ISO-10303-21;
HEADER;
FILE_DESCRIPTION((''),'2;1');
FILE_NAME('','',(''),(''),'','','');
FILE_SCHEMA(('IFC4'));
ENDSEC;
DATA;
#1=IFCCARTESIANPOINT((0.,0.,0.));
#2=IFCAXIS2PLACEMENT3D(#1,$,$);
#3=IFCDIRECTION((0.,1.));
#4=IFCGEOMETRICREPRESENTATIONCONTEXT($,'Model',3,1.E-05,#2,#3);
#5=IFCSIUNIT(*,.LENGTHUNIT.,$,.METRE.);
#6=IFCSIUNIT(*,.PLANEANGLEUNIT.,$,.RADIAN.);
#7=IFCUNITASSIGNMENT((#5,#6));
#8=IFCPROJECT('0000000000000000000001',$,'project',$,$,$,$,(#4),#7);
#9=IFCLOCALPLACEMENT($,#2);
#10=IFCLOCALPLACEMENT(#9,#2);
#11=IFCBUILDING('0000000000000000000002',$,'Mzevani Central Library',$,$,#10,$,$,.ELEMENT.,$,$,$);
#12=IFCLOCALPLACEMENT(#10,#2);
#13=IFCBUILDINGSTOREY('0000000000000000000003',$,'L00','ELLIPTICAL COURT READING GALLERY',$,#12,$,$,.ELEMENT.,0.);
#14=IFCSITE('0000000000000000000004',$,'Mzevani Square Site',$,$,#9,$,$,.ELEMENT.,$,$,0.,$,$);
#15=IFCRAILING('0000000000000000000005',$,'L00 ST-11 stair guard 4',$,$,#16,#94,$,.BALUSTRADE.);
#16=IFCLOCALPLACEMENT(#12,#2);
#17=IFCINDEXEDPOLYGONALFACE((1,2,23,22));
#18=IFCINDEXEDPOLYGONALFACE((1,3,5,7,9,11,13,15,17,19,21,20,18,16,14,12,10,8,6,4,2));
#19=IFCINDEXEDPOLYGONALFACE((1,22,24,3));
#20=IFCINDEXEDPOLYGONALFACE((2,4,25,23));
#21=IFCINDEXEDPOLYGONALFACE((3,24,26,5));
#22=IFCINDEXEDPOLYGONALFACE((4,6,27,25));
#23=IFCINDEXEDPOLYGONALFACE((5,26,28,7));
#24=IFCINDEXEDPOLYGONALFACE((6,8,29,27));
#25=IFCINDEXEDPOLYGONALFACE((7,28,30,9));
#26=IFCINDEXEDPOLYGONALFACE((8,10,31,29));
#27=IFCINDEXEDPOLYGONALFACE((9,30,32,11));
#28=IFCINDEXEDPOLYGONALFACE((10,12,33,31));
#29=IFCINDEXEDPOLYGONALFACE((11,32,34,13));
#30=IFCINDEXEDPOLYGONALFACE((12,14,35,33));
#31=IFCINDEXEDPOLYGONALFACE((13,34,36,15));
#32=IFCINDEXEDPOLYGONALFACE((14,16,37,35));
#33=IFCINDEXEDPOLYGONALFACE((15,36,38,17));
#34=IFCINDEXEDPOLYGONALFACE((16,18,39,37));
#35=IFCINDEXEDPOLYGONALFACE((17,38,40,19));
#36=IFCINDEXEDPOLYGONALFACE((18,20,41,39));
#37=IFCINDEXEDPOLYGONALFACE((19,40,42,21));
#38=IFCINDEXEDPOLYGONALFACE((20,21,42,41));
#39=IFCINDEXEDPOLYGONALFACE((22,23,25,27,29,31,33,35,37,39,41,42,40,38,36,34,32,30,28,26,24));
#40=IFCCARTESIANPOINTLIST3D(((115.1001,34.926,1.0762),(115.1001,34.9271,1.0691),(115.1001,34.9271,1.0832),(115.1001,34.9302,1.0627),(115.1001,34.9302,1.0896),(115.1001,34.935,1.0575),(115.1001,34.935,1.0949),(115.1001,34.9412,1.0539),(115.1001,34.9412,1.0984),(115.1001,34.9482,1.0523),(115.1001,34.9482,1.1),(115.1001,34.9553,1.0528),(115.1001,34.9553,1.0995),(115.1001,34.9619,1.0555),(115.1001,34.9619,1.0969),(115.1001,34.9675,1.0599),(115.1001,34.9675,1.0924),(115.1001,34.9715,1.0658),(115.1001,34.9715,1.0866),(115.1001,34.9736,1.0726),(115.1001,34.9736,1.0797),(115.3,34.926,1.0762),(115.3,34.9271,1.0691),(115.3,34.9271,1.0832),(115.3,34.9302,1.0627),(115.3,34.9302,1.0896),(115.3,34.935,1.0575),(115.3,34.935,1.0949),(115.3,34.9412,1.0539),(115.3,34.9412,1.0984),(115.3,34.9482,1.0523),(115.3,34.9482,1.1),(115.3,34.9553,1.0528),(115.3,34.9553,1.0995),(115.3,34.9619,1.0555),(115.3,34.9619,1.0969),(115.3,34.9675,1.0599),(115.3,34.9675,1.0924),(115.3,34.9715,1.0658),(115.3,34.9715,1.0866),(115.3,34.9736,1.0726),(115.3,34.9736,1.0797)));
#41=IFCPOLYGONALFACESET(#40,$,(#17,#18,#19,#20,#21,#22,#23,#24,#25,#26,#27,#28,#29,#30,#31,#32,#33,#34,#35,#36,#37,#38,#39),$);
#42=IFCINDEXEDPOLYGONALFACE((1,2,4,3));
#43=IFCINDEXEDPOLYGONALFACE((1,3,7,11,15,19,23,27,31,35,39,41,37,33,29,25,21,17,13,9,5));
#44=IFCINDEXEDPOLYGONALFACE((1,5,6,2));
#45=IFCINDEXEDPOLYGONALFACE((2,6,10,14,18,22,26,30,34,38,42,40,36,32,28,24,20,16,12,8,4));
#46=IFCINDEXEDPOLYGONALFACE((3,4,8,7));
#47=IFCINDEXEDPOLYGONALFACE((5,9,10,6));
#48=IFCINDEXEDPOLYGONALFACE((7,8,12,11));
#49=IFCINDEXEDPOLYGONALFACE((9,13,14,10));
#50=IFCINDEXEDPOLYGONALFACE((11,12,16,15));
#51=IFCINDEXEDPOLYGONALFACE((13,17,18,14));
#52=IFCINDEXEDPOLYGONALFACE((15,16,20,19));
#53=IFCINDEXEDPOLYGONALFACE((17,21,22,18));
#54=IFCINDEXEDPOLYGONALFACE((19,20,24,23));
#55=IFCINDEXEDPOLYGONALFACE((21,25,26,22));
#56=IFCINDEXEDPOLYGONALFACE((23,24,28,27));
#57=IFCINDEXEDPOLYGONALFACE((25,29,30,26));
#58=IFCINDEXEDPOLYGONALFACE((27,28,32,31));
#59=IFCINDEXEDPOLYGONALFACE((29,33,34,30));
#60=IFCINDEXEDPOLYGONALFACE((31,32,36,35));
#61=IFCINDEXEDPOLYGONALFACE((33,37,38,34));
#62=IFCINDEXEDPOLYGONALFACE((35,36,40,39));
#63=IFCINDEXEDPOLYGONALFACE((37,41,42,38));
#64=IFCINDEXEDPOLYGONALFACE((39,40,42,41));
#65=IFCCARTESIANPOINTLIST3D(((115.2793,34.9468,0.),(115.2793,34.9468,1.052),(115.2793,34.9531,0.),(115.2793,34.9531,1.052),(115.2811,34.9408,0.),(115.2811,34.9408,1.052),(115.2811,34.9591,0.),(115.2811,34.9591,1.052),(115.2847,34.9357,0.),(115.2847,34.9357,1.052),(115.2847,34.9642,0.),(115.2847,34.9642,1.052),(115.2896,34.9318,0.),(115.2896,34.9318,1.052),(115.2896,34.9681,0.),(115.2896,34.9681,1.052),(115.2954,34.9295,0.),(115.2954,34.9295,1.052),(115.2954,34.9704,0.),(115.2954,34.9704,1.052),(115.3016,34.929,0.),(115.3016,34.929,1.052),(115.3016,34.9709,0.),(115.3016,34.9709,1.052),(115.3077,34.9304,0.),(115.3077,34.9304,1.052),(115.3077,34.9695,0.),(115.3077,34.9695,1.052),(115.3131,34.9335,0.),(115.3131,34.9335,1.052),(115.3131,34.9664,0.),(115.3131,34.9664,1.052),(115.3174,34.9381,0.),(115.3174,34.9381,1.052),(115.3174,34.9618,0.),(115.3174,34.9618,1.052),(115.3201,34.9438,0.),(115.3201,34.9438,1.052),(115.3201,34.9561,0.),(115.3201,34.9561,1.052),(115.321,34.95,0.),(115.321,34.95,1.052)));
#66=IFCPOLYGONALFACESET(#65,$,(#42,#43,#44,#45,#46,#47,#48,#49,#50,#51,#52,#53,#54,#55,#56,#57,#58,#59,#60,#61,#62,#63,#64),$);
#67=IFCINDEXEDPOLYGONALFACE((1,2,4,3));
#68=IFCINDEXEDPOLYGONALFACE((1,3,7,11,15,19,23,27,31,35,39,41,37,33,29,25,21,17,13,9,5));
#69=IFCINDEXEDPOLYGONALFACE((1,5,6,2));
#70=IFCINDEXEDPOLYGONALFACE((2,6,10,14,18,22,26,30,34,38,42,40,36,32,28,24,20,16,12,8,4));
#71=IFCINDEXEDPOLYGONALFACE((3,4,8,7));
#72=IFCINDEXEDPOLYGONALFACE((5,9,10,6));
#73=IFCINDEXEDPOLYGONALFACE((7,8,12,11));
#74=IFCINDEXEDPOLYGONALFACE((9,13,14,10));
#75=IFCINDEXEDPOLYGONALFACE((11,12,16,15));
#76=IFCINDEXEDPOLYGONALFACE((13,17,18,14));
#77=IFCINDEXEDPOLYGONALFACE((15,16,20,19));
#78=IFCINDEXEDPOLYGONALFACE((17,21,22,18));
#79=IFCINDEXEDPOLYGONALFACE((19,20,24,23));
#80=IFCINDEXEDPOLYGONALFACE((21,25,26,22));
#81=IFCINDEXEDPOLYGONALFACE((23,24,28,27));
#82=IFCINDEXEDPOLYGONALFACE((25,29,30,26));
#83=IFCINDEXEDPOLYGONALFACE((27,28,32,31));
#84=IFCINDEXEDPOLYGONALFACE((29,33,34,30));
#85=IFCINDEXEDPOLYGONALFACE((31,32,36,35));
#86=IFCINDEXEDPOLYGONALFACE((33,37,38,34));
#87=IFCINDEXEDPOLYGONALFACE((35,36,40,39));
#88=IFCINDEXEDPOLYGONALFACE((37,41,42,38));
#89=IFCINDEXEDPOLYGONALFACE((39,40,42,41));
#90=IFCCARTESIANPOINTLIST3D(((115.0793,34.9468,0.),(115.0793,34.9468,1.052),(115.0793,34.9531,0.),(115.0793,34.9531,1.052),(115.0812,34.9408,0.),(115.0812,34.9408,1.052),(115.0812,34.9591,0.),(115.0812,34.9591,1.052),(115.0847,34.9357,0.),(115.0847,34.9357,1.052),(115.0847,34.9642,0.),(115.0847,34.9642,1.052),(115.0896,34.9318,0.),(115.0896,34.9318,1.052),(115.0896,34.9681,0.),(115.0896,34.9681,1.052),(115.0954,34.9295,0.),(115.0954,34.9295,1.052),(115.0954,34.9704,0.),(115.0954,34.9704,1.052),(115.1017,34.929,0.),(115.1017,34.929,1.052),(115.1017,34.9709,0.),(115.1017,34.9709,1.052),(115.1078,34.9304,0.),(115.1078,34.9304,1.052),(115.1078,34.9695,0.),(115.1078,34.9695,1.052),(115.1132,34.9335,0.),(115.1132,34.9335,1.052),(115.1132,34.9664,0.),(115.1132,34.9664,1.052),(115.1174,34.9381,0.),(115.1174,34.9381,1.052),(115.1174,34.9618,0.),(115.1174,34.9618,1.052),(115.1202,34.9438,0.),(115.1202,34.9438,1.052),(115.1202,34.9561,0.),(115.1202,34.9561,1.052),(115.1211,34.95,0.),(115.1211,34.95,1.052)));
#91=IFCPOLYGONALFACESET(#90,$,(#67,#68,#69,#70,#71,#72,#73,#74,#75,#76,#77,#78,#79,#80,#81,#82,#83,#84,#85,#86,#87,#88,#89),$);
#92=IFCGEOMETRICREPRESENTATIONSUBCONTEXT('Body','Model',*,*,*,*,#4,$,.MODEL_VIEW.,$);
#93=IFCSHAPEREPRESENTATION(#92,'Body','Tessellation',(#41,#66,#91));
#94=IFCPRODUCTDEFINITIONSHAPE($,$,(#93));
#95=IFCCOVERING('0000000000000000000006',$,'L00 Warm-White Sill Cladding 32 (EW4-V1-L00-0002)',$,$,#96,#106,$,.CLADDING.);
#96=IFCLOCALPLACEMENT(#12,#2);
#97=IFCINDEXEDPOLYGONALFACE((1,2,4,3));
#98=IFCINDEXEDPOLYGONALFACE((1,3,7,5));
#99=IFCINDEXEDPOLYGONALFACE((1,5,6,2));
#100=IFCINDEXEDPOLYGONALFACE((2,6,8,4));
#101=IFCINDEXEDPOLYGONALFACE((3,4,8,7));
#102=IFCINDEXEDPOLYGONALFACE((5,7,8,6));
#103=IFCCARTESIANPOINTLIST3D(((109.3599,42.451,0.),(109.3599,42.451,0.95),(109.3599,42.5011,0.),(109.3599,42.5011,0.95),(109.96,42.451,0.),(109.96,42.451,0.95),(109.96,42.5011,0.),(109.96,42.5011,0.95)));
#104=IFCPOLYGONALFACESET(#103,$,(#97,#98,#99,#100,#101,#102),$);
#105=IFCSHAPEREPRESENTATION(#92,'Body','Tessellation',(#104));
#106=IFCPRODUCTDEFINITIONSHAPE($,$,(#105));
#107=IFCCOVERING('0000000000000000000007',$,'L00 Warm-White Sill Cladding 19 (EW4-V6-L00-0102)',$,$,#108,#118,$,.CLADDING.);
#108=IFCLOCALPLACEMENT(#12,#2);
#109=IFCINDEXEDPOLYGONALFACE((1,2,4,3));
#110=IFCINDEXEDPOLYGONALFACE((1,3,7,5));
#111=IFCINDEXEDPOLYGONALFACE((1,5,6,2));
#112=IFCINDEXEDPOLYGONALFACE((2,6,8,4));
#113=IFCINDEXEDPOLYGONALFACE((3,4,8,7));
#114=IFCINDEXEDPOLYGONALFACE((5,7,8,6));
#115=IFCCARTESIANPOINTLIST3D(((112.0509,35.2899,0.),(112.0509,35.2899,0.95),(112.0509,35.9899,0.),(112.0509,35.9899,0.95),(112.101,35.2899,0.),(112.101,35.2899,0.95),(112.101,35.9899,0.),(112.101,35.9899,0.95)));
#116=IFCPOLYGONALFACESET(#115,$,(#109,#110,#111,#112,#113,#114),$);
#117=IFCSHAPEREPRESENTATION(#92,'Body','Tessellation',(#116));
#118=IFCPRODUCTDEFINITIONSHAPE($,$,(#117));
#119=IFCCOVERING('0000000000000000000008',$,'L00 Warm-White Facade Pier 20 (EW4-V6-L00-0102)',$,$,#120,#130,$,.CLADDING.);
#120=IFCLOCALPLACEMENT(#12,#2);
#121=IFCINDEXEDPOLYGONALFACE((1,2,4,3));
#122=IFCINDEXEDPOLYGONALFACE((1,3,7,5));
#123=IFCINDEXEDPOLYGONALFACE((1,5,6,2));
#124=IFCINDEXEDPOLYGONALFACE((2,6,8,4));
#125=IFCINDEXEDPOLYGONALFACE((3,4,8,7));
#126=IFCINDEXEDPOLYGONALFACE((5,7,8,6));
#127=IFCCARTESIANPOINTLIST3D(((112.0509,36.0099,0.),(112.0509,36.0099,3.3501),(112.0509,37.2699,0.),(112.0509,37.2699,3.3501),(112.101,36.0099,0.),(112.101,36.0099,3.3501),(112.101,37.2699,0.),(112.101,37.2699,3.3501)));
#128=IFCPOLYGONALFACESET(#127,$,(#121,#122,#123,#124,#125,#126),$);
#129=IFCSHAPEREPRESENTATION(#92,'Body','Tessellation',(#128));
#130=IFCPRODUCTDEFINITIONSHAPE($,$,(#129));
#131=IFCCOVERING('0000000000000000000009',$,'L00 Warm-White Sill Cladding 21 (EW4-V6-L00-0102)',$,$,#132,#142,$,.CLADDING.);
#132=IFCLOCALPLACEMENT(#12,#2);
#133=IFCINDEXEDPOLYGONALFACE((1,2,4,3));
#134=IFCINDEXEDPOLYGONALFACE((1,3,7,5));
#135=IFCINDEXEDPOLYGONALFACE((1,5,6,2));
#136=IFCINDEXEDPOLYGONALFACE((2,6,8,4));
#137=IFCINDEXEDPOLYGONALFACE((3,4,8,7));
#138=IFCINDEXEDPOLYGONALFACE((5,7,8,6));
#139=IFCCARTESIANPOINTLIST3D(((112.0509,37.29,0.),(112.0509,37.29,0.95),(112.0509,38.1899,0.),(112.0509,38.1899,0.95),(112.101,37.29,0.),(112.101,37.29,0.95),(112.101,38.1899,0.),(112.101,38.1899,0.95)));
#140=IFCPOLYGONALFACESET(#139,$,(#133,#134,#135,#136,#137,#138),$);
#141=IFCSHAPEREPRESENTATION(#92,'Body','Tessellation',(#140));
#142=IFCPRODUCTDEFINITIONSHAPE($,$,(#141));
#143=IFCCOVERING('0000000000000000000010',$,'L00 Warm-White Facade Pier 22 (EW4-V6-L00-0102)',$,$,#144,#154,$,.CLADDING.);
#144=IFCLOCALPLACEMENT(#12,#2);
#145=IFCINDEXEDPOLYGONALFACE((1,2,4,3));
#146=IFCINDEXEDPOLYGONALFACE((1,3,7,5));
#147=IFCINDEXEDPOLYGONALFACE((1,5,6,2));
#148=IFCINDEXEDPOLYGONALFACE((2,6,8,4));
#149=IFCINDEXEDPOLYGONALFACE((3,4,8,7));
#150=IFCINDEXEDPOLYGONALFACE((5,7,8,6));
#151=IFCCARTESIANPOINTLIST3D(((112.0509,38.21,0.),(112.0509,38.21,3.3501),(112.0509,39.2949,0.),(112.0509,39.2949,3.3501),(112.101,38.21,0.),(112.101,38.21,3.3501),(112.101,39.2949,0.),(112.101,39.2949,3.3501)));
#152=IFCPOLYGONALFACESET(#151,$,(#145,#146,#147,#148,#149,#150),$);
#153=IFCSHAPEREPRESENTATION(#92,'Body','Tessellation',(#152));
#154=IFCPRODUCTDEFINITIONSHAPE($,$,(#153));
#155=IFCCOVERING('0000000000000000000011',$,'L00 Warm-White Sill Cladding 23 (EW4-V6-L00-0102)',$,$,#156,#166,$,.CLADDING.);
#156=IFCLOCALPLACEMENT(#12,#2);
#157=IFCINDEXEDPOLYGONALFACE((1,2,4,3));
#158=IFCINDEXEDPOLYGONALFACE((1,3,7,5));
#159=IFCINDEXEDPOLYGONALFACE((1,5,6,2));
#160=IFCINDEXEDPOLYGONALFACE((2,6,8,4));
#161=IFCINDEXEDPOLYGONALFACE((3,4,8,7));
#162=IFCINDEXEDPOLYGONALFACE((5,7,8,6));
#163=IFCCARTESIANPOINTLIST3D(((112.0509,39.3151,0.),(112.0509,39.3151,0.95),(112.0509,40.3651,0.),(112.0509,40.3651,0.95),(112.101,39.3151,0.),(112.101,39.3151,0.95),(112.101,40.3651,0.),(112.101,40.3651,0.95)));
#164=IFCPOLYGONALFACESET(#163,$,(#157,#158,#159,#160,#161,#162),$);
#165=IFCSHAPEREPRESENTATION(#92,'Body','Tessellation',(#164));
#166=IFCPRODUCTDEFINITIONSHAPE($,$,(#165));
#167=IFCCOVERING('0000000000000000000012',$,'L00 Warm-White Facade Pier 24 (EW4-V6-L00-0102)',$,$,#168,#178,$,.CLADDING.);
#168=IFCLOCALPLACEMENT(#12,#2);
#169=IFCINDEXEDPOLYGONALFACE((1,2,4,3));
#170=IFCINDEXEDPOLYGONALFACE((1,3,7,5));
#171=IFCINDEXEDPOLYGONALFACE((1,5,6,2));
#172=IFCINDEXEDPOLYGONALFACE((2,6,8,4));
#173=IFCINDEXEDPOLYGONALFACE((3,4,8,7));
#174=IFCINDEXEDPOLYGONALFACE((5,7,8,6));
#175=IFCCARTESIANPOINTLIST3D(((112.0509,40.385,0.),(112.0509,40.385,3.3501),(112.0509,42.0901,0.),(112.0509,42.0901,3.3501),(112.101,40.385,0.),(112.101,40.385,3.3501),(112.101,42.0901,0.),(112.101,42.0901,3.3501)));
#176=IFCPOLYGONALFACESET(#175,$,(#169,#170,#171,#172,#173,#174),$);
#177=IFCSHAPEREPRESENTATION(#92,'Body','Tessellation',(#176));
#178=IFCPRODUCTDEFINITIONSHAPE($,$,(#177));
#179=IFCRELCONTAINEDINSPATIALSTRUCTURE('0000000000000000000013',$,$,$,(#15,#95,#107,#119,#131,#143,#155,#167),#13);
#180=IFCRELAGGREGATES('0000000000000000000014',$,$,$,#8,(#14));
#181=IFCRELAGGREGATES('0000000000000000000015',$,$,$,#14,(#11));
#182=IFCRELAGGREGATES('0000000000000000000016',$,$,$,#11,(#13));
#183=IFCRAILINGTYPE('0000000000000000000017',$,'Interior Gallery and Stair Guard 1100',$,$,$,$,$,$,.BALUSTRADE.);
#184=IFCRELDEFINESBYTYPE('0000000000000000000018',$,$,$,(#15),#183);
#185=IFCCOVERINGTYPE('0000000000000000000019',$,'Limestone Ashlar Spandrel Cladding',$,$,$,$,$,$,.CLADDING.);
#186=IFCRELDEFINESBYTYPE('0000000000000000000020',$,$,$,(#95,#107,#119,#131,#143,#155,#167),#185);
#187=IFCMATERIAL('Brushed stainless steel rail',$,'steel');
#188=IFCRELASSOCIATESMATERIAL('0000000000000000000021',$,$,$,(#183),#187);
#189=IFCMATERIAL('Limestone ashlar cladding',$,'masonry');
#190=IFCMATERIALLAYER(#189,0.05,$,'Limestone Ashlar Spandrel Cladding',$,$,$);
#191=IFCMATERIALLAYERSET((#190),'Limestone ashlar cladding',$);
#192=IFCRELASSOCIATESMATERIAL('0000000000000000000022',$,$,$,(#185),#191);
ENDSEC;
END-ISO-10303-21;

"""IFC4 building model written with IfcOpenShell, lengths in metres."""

from ifc_helpers import new_model, si_unit, direction, frame, origin, origin_2d, place, context, subcontext, project, spatial, rectangle, circle, extrude, material, layer, layer_set, type_object, element, save


model = new_model("IFC4")

# Units and contexts
model_context = context("Model", 3, precision=1e-05, world=origin(), true_north=direction((0.0, 1.0)))
body_context = subcontext(model_context, "Body", "Model", "MODEL_VIEW")
ifc_project = project(units=[si_unit("LENGTHUNIT", "METRE"), si_unit("PLANEANGLEUNIT", "RADIAN")], contexts=[model_context])

# Site, building, storey
site_placement = place(None, origin())
site = spatial("IfcSite", under=ifc_project, at=site_placement, Name="Mzevani Square Site", CompositionType="ELEMENT", RefElevation=0.0)
building_placement = place(site_placement, origin())
building = spatial("IfcBuilding", under=site, at=building_placement, Name="Mzevani Central Library", CompositionType="ELEMENT")
storey_placement = place(building_placement, origin())
storey = spatial("IfcBuildingStorey", under=building, at=storey_placement, Name="L00", Description="ELLIPTICAL COURT READING GALLERY", CompositionType="ELEMENT", Elevation=0.0)

# Railing
ifc_material_1 = material(Name="Brushed stainless steel rail", Category="steel")
railing_type_1 = type_object("IfcRailingType", Name="Interior Gallery and Stair Guard 1100", PredefinedType="BALUSTRADE", material=ifc_material_1)
railing_1_placement = place(storey_placement, frame((115.3, 34.95, 0.0)))
element("IfcRailing", 1, at=railing_1_placement, inside=storey, type_object=railing_type_1, Name="L00 ST-11 stair guard 4", PredefinedType="BALUSTRADE", context=body_context, shape_type="SweptSolid", body=[
    extrude(circle(Radius=0.0239, at=origin_2d()), frame((0.0, 0.0, 1.0762), z_axis=(-1.0, 0.0, 0.0), x_axis=(0.0, -1.0, 0.0)), (0.0, 0.0, 1.0), 0.2),
    extrude(circle(Radius=0.021, at=origin_2d()), origin(), (0.0, 0.0, 1.0), 1.052),
    extrude(circle(Radius=0.021, at=origin_2d()), frame((-0.2, 0.0, 0.0)), (0.0, 0.0, 1.0), 1.052),
])

# Coverings
ifc_material_2 = material(Name="Limestone ashlar cladding", Category="masonry")
ifc_layer_1 = layer(ifc_material_2, 0.05, Name="Limestone Ashlar Spandrel Cladding")
ifc_layer_set_1 = layer_set([ifc_layer_1], Name="Limestone ashlar cladding")
covering_type = type_object("IfcCoveringType", Name="Limestone Ashlar Spandrel Cladding", PredefinedType="CLADDING", material=ifc_layer_set_1)
covering_1_placement = place(storey_placement, frame((109.6599, 42.4761, 0.0), z_axis=(0.0, 0.0, 1.0), x_axis=(-1.0, 0.0, 0.0)))
element("IfcCovering", 2, at=covering_1_placement, inside=storey, type_object=covering_type, Name="L00 Warm-White Sill Cladding 32 (EW4-V1-L00-0002)", PredefinedType="CLADDING", context=body_context, shape_type="SweptSolid", body=[
    extrude(rectangle(XDim=0.6001, YDim=0.05, at=origin_2d()), origin(), (0.0, 0.0, 1.0), 0.95),
])
covering_2_placement = place(storey_placement, frame((112.0759, 35.6399, 0.0), z_axis=(0.0, 0.0, 1.0), x_axis=(0.0, 1.0, 0.0)))
element("IfcCovering", 3, at=covering_2_placement, inside=storey, type_object=covering_type, Name="L00 Warm-White Sill Cladding 19 (EW4-V6-L00-0102)", PredefinedType="CLADDING", context=body_context, shape_type="SweptSolid", body=[
    extrude(rectangle(XDim=0.7, YDim=0.05, at=origin_2d()), origin(), (0.0, 0.0, 1.0), 0.95),
])
covering_3_placement = place(storey_placement, frame((112.0759, 36.6399, 0.0), z_axis=(0.0, 0.0, 1.0), x_axis=(0.0, 1.0, 0.0)))
element("IfcCovering", 4, at=covering_3_placement, inside=storey, type_object=covering_type, Name="L00 Warm-White Facade Pier 20 (EW4-V6-L00-0102)", PredefinedType="CLADDING", context=body_context, shape_type="SweptSolid", body=[
    extrude(rectangle(XDim=1.26, YDim=0.05, at=origin_2d()), origin(), (0.0, 0.0, 1.0), 3.3501),
])
covering_4_placement = place(storey_placement, frame((112.0759, 37.74, 0.0), z_axis=(0.0, 0.0, 1.0), x_axis=(0.0, 1.0, 0.0)))
element("IfcCovering", 5, at=covering_4_placement, inside=storey, type_object=covering_type, Name="L00 Warm-White Sill Cladding 21 (EW4-V6-L00-0102)", PredefinedType="CLADDING", context=body_context, shape_type="SweptSolid", body=[
    extrude(rectangle(XDim=0.8999, YDim=0.05, at=origin_2d()), origin(), (0.0, 0.0, 1.0), 0.95),
])
covering_5_placement = place(storey_placement, frame((112.0759, 38.7524, 0.0), z_axis=(0.0, 0.0, 1.0), x_axis=(0.0, 1.0, 0.0)))
element("IfcCovering", 6, at=covering_5_placement, inside=storey, type_object=covering_type, Name="L00 Warm-White Facade Pier 22 (EW4-V6-L00-0102)", PredefinedType="CLADDING", context=body_context, shape_type="SweptSolid", body=[
    extrude(rectangle(XDim=1.085, YDim=0.05, at=origin_2d()), origin(), (0.0, 0.0, 1.0), 3.3501),
])
covering_6_placement = place(storey_placement, frame((112.0759, 39.8401, 0.0), z_axis=(0.0, 0.0, 1.0), x_axis=(0.0, 1.0, 0.0)))
element("IfcCovering", 7, at=covering_6_placement, inside=storey, type_object=covering_type, Name="L00 Warm-White Sill Cladding 23 (EW4-V6-L00-0102)", PredefinedType="CLADDING", context=body_context, shape_type="SweptSolid", body=[
    extrude(rectangle(XDim=1.05, YDim=0.05, at=origin_2d()), origin(), (0.0, 0.0, 1.0), 0.95),
])
covering_7_placement = place(storey_placement, frame((112.0759, 41.2375, 0.0), z_axis=(0.0, 0.0, 1.0), x_axis=(0.0, 1.0, 0.0)))
element("IfcCovering", 8, at=covering_7_placement, inside=storey, type_object=covering_type, Name="L00 Warm-White Facade Pier 24 (EW4-V6-L00-0102)", PredefinedType="CLADDING", context=body_context, shape_type="SweptSolid", body=[
    extrude(rectangle(XDim=1.7051, YDim=0.05, at=origin_2d()), origin(), (0.0, 0.0, 1.0), 3.3501),
])

save(model, "model.ifc")
